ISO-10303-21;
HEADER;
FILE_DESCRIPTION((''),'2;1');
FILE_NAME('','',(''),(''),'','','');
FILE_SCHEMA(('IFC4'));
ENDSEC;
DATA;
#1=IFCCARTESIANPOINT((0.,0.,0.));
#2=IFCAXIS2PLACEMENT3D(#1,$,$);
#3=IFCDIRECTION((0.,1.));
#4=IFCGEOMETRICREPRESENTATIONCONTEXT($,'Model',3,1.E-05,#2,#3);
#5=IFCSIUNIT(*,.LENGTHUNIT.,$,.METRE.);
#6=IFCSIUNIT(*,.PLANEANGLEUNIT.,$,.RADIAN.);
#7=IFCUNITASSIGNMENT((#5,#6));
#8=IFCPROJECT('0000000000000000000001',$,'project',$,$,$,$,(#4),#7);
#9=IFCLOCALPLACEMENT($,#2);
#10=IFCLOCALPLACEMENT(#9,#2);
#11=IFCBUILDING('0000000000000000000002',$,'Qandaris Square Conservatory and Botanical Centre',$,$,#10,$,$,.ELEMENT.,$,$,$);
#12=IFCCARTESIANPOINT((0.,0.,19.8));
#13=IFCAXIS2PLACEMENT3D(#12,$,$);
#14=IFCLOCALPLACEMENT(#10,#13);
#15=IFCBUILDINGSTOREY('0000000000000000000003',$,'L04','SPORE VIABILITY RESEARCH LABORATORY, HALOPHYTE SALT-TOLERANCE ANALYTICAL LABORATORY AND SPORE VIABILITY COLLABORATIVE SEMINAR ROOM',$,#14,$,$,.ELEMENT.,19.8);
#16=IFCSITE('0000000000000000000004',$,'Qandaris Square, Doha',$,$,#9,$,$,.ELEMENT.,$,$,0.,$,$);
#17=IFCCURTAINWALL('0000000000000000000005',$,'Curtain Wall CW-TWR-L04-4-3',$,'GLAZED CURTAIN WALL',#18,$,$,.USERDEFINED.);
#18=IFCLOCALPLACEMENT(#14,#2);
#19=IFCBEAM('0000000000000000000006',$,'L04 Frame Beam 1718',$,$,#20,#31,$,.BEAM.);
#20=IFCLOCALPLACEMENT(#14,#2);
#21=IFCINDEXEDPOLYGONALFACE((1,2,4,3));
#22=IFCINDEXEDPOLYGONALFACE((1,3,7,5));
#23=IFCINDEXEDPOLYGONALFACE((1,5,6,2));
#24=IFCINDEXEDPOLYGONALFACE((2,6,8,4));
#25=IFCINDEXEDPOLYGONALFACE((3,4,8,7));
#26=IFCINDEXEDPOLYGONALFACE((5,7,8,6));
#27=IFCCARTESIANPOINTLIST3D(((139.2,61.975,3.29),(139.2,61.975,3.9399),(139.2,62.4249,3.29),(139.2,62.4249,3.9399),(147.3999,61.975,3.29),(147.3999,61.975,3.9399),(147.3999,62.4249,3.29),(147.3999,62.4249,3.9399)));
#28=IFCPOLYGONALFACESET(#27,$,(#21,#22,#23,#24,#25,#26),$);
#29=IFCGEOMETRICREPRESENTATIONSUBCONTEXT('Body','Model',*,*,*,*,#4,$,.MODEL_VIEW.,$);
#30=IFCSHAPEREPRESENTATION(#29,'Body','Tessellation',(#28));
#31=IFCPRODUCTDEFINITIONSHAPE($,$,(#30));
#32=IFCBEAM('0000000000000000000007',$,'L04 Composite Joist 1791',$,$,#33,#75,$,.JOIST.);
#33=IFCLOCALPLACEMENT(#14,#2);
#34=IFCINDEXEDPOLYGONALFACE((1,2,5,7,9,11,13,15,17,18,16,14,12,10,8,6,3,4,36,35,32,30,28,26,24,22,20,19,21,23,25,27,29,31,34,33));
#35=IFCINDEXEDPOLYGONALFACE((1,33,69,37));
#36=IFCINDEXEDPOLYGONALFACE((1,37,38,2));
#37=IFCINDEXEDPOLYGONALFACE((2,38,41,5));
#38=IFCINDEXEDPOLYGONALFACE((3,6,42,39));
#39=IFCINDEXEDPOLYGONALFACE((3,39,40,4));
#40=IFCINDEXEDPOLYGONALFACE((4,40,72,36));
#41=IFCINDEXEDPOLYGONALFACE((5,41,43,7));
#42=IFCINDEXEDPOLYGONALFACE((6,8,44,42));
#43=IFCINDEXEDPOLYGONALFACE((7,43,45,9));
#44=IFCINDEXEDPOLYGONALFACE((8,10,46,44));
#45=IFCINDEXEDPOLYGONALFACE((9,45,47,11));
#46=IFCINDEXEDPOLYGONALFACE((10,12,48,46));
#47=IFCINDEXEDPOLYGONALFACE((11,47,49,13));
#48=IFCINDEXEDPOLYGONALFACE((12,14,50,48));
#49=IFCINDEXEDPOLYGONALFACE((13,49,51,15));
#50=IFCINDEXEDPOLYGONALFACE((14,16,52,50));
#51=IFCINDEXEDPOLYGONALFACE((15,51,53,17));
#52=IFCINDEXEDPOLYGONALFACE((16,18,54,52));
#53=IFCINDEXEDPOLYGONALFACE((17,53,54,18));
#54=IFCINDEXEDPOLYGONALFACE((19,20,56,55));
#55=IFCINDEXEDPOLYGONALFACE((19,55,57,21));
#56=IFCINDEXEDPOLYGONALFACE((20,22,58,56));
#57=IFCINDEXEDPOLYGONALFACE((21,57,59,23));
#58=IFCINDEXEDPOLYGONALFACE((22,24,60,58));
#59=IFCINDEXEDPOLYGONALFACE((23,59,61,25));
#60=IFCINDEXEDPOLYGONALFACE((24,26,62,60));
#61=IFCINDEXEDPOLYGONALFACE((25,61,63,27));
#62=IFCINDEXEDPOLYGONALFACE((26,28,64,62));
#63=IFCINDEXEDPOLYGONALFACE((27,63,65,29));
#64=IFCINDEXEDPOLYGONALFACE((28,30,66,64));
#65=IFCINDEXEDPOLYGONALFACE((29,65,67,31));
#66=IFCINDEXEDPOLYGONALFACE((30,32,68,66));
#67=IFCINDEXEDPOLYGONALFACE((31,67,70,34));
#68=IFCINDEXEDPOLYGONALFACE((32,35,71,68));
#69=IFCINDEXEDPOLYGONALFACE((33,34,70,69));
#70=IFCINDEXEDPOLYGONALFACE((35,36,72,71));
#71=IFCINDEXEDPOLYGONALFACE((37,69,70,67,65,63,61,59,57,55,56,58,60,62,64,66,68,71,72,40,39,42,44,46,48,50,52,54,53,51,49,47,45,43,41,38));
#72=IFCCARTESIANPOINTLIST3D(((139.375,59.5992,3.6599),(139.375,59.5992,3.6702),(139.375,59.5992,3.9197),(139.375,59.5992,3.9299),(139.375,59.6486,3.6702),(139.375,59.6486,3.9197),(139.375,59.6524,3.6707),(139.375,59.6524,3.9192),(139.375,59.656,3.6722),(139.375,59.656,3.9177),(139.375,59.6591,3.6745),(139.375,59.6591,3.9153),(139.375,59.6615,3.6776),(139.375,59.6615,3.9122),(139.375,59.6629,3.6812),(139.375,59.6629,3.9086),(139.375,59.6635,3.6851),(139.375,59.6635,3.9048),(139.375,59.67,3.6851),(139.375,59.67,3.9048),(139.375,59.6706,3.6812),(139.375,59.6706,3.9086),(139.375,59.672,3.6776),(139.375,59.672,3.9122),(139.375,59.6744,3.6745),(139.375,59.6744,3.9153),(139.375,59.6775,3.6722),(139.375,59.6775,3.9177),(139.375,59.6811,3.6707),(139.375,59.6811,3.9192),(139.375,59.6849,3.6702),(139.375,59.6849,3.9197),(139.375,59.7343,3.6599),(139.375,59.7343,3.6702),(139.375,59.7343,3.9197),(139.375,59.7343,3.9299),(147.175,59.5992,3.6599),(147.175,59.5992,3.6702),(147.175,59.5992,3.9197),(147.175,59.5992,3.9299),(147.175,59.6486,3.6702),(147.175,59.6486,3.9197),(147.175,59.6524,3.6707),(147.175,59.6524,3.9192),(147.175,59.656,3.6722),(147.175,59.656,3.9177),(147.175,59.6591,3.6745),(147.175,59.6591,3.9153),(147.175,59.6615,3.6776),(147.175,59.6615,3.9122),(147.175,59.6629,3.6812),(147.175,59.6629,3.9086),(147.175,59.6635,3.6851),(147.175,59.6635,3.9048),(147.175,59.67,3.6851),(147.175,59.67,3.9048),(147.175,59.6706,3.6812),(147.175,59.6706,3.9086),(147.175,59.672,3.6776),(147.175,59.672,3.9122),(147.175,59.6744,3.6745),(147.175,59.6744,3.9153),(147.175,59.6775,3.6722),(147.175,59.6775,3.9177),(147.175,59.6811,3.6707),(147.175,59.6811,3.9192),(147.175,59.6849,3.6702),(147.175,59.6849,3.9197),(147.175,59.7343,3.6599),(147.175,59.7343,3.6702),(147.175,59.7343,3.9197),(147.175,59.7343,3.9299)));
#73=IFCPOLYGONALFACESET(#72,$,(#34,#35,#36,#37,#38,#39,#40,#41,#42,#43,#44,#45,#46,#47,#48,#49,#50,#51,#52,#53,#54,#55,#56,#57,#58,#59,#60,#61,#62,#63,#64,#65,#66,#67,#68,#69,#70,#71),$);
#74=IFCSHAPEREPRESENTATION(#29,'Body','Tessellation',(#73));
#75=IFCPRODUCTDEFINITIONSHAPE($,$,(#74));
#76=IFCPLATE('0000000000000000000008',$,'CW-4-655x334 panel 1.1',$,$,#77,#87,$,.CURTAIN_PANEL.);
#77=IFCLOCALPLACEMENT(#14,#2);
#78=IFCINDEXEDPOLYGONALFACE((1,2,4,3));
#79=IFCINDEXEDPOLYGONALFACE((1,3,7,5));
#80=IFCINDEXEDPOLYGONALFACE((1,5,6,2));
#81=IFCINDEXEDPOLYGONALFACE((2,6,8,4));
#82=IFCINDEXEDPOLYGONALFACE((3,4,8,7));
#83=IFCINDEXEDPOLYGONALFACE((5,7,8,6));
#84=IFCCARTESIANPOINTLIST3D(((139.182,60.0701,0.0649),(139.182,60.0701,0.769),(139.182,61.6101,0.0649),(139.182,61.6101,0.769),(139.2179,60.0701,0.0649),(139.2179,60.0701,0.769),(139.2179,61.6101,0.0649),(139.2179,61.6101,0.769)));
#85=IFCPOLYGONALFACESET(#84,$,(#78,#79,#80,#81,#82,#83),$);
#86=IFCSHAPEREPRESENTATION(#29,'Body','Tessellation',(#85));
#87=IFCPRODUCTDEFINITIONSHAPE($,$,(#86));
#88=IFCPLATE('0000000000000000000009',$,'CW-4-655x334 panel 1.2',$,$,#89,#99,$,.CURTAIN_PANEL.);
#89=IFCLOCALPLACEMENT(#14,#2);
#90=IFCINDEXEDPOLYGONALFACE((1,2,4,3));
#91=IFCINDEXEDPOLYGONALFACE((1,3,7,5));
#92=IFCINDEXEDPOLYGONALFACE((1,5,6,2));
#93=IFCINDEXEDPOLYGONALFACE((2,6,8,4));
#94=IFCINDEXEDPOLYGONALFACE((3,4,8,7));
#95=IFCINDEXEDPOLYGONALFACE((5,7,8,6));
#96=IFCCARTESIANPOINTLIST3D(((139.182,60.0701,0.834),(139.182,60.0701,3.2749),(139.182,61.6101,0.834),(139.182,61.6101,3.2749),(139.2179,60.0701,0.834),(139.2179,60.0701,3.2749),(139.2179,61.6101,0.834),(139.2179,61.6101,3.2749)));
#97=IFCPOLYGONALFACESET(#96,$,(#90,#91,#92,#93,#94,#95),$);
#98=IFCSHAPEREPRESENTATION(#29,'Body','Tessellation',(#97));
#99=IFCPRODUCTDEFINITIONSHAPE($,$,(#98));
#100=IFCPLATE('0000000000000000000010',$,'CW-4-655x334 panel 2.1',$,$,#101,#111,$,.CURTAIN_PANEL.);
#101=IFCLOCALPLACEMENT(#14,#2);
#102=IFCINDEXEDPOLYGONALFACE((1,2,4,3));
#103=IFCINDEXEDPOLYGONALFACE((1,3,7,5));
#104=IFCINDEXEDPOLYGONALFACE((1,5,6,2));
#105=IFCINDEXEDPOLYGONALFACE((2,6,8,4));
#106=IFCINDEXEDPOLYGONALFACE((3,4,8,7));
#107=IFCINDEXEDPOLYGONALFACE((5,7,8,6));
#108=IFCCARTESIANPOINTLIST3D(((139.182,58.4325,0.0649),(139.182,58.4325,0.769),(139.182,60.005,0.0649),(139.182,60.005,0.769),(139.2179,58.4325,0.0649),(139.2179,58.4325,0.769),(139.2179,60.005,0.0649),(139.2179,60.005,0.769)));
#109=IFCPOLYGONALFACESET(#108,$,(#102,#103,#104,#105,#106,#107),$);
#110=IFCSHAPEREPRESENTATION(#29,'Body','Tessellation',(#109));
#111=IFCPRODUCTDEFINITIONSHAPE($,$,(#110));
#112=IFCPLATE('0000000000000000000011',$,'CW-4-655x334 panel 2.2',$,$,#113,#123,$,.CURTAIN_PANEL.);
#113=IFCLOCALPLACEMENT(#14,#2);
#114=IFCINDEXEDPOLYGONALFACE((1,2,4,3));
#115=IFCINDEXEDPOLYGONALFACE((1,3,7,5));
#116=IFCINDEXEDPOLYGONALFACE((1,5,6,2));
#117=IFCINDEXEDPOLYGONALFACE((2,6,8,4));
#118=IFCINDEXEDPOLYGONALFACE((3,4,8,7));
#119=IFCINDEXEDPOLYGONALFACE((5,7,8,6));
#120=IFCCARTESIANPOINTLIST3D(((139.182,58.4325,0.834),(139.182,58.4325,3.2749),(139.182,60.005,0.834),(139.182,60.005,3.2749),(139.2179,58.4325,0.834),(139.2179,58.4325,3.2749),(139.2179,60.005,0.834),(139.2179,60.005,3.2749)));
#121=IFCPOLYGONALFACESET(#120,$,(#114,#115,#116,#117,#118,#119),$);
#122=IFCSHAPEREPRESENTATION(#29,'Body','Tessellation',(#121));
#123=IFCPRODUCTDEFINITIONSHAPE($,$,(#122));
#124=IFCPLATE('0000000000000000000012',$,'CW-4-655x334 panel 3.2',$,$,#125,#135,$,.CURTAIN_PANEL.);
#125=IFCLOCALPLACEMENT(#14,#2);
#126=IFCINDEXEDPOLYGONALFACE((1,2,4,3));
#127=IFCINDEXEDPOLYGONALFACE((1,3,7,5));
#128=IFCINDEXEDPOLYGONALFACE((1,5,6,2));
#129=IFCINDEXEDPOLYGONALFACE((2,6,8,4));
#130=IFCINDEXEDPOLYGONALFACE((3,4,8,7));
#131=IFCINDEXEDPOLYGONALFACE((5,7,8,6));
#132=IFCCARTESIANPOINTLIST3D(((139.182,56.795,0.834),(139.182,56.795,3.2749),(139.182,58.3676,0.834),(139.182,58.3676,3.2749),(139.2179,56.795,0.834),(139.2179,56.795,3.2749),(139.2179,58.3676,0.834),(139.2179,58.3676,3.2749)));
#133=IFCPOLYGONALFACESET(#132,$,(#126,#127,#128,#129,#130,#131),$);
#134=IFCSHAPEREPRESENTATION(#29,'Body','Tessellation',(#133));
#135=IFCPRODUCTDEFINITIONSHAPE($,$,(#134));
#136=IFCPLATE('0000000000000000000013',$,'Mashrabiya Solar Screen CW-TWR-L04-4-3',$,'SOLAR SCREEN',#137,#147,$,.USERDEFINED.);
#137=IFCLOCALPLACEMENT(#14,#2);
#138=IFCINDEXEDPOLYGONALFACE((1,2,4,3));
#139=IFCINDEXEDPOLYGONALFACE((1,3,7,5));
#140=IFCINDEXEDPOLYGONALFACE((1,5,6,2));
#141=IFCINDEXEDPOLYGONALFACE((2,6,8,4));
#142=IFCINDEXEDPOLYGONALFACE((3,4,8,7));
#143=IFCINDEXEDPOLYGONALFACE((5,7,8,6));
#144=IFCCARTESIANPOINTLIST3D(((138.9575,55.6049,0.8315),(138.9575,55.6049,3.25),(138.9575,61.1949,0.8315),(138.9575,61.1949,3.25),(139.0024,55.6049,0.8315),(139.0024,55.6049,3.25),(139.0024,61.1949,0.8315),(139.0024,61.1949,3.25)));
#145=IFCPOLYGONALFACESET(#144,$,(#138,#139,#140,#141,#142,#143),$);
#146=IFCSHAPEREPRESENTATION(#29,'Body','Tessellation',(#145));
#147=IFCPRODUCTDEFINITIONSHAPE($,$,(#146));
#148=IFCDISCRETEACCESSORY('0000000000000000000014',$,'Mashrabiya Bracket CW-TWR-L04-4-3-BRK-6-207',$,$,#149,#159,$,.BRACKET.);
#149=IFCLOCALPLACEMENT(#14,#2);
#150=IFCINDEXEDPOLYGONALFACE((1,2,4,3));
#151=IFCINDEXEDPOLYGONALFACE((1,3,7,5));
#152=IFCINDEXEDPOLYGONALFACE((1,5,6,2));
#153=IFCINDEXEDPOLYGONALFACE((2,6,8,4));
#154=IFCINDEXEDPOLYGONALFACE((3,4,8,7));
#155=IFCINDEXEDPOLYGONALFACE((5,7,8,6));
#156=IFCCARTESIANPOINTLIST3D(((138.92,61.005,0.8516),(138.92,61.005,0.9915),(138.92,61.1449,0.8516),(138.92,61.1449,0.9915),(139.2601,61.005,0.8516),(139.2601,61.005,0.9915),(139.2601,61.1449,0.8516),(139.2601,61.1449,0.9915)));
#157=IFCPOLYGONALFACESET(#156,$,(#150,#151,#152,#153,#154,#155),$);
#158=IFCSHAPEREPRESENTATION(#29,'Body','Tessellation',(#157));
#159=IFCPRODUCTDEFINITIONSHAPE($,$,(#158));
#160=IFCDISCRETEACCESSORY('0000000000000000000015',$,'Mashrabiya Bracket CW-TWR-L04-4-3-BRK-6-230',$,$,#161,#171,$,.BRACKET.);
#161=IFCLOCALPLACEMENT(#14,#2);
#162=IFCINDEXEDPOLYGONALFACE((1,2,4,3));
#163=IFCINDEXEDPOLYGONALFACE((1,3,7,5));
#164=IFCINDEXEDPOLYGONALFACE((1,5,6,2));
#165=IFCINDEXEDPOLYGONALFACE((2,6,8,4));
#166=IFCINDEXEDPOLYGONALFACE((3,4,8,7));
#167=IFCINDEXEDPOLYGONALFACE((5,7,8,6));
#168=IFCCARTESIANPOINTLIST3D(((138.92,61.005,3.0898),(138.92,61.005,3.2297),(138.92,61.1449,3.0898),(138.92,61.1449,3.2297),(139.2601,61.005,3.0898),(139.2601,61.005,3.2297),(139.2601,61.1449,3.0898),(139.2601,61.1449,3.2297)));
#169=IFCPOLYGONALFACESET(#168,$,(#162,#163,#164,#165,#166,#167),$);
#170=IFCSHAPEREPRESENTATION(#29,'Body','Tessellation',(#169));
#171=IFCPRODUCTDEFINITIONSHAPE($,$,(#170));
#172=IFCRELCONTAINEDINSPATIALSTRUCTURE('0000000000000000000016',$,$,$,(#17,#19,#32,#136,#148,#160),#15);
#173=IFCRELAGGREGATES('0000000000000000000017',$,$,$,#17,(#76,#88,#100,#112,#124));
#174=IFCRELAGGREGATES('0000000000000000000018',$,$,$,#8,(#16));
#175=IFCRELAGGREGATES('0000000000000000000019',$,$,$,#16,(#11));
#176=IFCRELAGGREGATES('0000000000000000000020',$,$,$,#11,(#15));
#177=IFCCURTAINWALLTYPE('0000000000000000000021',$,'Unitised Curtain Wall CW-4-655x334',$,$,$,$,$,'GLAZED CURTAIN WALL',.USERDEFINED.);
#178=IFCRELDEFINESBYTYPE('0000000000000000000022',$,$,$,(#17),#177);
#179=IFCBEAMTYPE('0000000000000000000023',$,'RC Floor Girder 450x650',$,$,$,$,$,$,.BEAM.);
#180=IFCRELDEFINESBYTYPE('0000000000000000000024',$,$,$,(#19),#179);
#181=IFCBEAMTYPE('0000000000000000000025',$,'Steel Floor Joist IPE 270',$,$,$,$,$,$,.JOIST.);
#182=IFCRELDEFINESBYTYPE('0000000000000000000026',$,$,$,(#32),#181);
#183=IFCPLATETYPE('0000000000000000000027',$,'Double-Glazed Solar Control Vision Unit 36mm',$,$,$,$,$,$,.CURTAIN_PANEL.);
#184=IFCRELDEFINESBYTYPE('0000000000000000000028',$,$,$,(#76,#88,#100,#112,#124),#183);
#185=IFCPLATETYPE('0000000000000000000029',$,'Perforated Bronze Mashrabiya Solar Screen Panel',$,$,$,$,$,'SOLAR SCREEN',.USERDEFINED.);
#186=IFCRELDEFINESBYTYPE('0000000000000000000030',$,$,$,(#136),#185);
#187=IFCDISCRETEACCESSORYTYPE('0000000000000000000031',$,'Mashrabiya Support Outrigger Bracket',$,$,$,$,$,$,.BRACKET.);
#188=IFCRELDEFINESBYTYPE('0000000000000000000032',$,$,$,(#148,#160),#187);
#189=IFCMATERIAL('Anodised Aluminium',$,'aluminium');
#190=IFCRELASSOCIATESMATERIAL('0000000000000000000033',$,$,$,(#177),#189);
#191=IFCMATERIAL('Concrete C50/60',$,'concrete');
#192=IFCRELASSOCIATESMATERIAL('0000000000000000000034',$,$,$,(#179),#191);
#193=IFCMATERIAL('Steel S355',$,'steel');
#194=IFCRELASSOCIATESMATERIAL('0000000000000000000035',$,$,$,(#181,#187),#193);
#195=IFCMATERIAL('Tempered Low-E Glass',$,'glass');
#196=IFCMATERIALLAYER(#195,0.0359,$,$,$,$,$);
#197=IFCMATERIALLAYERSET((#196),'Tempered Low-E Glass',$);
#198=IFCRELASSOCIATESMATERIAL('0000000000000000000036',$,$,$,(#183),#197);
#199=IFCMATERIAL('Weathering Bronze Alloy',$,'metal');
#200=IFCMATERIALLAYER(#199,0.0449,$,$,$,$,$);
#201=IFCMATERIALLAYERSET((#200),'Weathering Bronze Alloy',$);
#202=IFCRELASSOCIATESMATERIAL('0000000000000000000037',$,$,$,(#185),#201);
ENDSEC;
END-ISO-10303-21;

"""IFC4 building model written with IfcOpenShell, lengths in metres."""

from ifc_helpers import new_model, si_unit, direction, frame, origin, origin_2d, place, context, subcontext, project, spatial, rectangle, i_section, extrude, material, layer, layer_set, material_profile, profile_set, type_object, element, aggregate, save


model = new_model("IFC4")

# Units and contexts
model_context = context("Model", 3, precision=1e-05, world=origin(), true_north=direction((0.0, 1.0)))
body_context = subcontext(model_context, "Body", "Model", "MODEL_VIEW")
ifc_project = project(units=[si_unit("LENGTHUNIT", "METRE"), si_unit("PLANEANGLEUNIT", "RADIAN")], contexts=[model_context])

# Site, building, storey
site_placement = place(None, origin())
site = spatial("IfcSite", under=ifc_project, at=site_placement, Name="Qandaris Square, Doha", CompositionType="ELEMENT", RefElevation=0.0)
building_placement = place(site_placement, origin())
building = spatial("IfcBuilding", under=site, at=building_placement, Name="Qandaris Square Conservatory and Botanical Centre", CompositionType="ELEMENT")
storey_placement = place(building_placement, frame((0.0, 0.0, 19.8)))
storey = spatial("IfcBuildingStorey", under=building, at=storey_placement, Name="L04", Description="SPORE VIABILITY RESEARCH LABORATORY, HALOPHYTE SALT-TOLERANCE ANALYTICAL LABORATORY AND SPORE VIABILITY COLLABORATIVE SEMINAR ROOM", CompositionType="ELEMENT", Elevation=19.8)

# Shared definitions
ifc_material_1 = material(Name="Concrete C50/60", Category="concrete")

# Curtain wall
ifc_material_2 = material(Name="Anodised Aluminium", Category="aluminium")
curtain_wall_type = type_object("IfcCurtainWallType", Name="Unitised Curtain Wall CW-4-655x334", ElementType="GLAZED CURTAIN WALL", PredefinedType="USERDEFINED", material=ifc_material_2)
curtain_wall_placement = place(storey_placement, origin())
curtain_wall = element("IfcCurtainWall", 1, at=curtain_wall_placement, inside=storey, type_object=curtain_wall_type, Name="Curtain Wall CW-TWR-L04-4-3", ObjectType="GLAZED CURTAIN WALL", PredefinedType="USERDEFINED")

# Beams
ifc_material_profile_1 = material_profile(ifc_material_1, rectangle(XDim=0.45, YDim=0.6499, at=origin_2d()), Name="RC-BM 450x650")
ifc_profile_set_1 = profile_set([ifc_material_profile_1], Name="Concrete C50/60")
beam_type_1 = type_object("IfcBeamType", Name="RC Floor Girder 450x650", PredefinedType="BEAM", material=ifc_profile_set_1)
beam_1_placement = place(storey_placement, frame((139.2, 62.2, 3.615), z_axis=(1.0, 0.0, 0.0), x_axis=(0.0, 1.0, 0.0)))
element("IfcBeam", 2, at=beam_1_placement, inside=storey, type_object=beam_type_1, Name="L04 Frame Beam 1718", PredefinedType="BEAM", context=body_context, shape_type="SweptSolid", body=[
    extrude(rectangle(XDim=0.45, YDim=0.6499, at=origin_2d()), origin(), (0.0, 0.0, 1.0), 8.2),
])
ifc_material_3 = material(Name="Steel S355", Category="steel")
ifc_material_profile_2 = material_profile(ifc_material_3, i_section(OverallWidth=0.135, OverallDepth=0.27, WebThickness=0.0066, FlangeThickness=0.0103, FilletRadius=0.0149, at=origin_2d()), Name="IPE 270")
ifc_profile_set_2 = profile_set([ifc_material_profile_2], Name="Steel S355")
beam_type_2 = type_object("IfcBeamType", Name="Steel Floor Joist IPE 270", PredefinedType="JOIST", material=ifc_profile_set_2)
beam_2_placement = place(storey_placement, frame((139.375, 59.6667, 3.7949), z_axis=(1.0, 0.0, 0.0), x_axis=(0.0, 1.0, 0.0)))
element("IfcBeam", 3, at=beam_2_placement, inside=storey, type_object=beam_type_2, Name="L04 Composite Joist 1791", PredefinedType="JOIST", context=body_context, shape_type="SweptSolid", body=[
    extrude(i_section(OverallWidth=0.135, OverallDepth=0.27, WebThickness=0.0066, FlangeThickness=0.0103, FilletRadius=0.0149, at=origin_2d()), origin(), (0.0, 0.0, 1.0), 7.8),
])

# Plates
ifc_material_4 = material(Name="Tempered Low-E Glass", Category="glass")
ifc_layer_1 = layer(ifc_material_4, 0.0359)
ifc_layer_set_1 = layer_set([ifc_layer_1], Name="Tempered Low-E Glass")
plate_type_1 = type_object("IfcPlateType", Name="Double-Glazed Solar Control Vision Unit 36mm", PredefinedType="CURTAIN_PANEL", material=ifc_layer_set_1)
plate_1_placement = place(storey_placement, frame((139.2, 60.8401, 0.0649), z_axis=(0.0, 0.0, 1.0), x_axis=(0.0, -1.0, 0.0)))
plate_1 = element("IfcPlate", 4, at=plate_1_placement, type_object=plate_type_1, Name="CW-4-655x334 panel 1.1", PredefinedType="CURTAIN_PANEL", context=body_context, shape_type="SweptSolid", body=[
    extrude(rectangle(XDim=1.54, YDim=0.0359, at=origin_2d()), origin(), (0.0, 0.0, 1.0), 0.7041),
])
plate_2_placement = place(storey_placement, frame((139.2, 60.8401, 0.834), z_axis=(0.0, 0.0, 1.0), x_axis=(0.0, -1.0, 0.0)))
plate_2 = element("IfcPlate", 5, at=plate_2_placement, type_object=plate_type_1, Name="CW-4-655x334 panel 1.2", PredefinedType="CURTAIN_PANEL", context=body_context, shape_type="SweptSolid", body=[
    extrude(rectangle(XDim=1.54, YDim=0.0359, at=origin_2d()), origin(), (0.0, 0.0, 1.0), 2.4409),
])
plate_3_placement = place(storey_placement, frame((139.2, 59.2188, 0.0649), z_axis=(0.0, 0.0, 1.0), x_axis=(0.0, -1.0, 0.0)))
plate_3 = element("IfcPlate", 6, at=plate_3_placement, type_object=plate_type_1, Name="CW-4-655x334 panel 2.1", PredefinedType="CURTAIN_PANEL", context=body_context, shape_type="SweptSolid", body=[
    extrude(rectangle(XDim=1.5725, YDim=0.0359, at=origin_2d()), origin(), (0.0, 0.0, 1.0), 0.7041),
])
plate_4_placement = place(storey_placement, frame((139.2, 59.2188, 0.834), z_axis=(0.0, 0.0, 1.0), x_axis=(0.0, -1.0, 0.0)))
plate_4 = element("IfcPlate", 7, at=plate_4_placement, type_object=plate_type_1, Name="CW-4-655x334 panel 2.2", PredefinedType="CURTAIN_PANEL", context=body_context, shape_type="SweptSolid", body=[
    extrude(rectangle(XDim=1.5725, YDim=0.0359, at=origin_2d()), origin(), (0.0, 0.0, 1.0), 2.4409),
])
plate_5_placement = place(storey_placement, frame((139.2, 57.5813, 0.834), z_axis=(0.0, 0.0, 1.0), x_axis=(0.0, -1.0, 0.0)))
plate_5 = element("IfcPlate", 8, at=plate_5_placement, type_object=plate_type_1, Name="CW-4-655x334 panel 3.2", PredefinedType="CURTAIN_PANEL", context=body_context, shape_type="SweptSolid", body=[
    extrude(rectangle(XDim=1.5725, YDim=0.0359, at=origin_2d()), origin(), (0.0, 0.0, 1.0), 2.4409),
])
aggregate(curtain_wall, [plate_1, plate_2, plate_3, plate_4, plate_5])
ifc_material_5 = material(Name="Weathering Bronze Alloy", Category="metal")
ifc_layer_2 = layer(ifc_material_5, 0.0449)
ifc_layer_set_2 = layer_set([ifc_layer_2], Name="Weathering Bronze Alloy")
plate_type_2 = type_object("IfcPlateType", Name="Perforated Bronze Mashrabiya Solar Screen Panel", ElementType="SOLAR SCREEN", PredefinedType="USERDEFINED", material=ifc_layer_set_2)
plate_6_placement = place(storey_placement, frame((138.98, 58.3999, 0.8315), z_axis=(0.0, 0.0, 1.0), x_axis=(0.0, -1.0, 0.0)))
element("IfcPlate", 9, at=plate_6_placement, inside=storey, type_object=plate_type_2, Name="Mashrabiya Solar Screen CW-TWR-L04-4-3", ObjectType="SOLAR SCREEN", PredefinedType="USERDEFINED", context=body_context, shape_type="SweptSolid", body=[
    extrude(rectangle(XDim=5.5901, YDim=0.0449, at=origin_2d()), origin(), (0.0, 0.0, 1.0), 2.4185),
])

# Discrete accessories
discrete_accessory_type = type_object("IfcDiscreteAccessoryType", Name="Mashrabiya Support Outrigger Bracket", PredefinedType="BRACKET", material=ifc_material_3)
for number, where, z_axis, x_axis, name in (
    (10, (139.0901, 61.075, 0.8516), (0.0, 0.0, 1.0), (0.0, -1.0, 0.0), "Mashrabiya Bracket CW-TWR-L04-4-3-BRK-6-207"),
    (11, (139.0901, 61.075, 3.0898), (0.0, 0.0, 1.0), (0.0, -1.0, 0.0), "Mashrabiya Bracket CW-TWR-L04-4-3-BRK-6-230"),
):
    element("IfcDiscreteAccessory", number, at=place(storey_placement, frame(where, z_axis=z_axis, x_axis=x_axis)), inside=storey, type_object=discrete_accessory_type, Name=name, PredefinedType="BRACKET", context=body_context, shape_type="SweptSolid", body=[
        extrude(rectangle(XDim=0.1399, YDim=0.3401, at=origin_2d()), origin(), (0.0, 0.0, 1.0), 0.1399),
    ])

save(model, "model.ifc")
